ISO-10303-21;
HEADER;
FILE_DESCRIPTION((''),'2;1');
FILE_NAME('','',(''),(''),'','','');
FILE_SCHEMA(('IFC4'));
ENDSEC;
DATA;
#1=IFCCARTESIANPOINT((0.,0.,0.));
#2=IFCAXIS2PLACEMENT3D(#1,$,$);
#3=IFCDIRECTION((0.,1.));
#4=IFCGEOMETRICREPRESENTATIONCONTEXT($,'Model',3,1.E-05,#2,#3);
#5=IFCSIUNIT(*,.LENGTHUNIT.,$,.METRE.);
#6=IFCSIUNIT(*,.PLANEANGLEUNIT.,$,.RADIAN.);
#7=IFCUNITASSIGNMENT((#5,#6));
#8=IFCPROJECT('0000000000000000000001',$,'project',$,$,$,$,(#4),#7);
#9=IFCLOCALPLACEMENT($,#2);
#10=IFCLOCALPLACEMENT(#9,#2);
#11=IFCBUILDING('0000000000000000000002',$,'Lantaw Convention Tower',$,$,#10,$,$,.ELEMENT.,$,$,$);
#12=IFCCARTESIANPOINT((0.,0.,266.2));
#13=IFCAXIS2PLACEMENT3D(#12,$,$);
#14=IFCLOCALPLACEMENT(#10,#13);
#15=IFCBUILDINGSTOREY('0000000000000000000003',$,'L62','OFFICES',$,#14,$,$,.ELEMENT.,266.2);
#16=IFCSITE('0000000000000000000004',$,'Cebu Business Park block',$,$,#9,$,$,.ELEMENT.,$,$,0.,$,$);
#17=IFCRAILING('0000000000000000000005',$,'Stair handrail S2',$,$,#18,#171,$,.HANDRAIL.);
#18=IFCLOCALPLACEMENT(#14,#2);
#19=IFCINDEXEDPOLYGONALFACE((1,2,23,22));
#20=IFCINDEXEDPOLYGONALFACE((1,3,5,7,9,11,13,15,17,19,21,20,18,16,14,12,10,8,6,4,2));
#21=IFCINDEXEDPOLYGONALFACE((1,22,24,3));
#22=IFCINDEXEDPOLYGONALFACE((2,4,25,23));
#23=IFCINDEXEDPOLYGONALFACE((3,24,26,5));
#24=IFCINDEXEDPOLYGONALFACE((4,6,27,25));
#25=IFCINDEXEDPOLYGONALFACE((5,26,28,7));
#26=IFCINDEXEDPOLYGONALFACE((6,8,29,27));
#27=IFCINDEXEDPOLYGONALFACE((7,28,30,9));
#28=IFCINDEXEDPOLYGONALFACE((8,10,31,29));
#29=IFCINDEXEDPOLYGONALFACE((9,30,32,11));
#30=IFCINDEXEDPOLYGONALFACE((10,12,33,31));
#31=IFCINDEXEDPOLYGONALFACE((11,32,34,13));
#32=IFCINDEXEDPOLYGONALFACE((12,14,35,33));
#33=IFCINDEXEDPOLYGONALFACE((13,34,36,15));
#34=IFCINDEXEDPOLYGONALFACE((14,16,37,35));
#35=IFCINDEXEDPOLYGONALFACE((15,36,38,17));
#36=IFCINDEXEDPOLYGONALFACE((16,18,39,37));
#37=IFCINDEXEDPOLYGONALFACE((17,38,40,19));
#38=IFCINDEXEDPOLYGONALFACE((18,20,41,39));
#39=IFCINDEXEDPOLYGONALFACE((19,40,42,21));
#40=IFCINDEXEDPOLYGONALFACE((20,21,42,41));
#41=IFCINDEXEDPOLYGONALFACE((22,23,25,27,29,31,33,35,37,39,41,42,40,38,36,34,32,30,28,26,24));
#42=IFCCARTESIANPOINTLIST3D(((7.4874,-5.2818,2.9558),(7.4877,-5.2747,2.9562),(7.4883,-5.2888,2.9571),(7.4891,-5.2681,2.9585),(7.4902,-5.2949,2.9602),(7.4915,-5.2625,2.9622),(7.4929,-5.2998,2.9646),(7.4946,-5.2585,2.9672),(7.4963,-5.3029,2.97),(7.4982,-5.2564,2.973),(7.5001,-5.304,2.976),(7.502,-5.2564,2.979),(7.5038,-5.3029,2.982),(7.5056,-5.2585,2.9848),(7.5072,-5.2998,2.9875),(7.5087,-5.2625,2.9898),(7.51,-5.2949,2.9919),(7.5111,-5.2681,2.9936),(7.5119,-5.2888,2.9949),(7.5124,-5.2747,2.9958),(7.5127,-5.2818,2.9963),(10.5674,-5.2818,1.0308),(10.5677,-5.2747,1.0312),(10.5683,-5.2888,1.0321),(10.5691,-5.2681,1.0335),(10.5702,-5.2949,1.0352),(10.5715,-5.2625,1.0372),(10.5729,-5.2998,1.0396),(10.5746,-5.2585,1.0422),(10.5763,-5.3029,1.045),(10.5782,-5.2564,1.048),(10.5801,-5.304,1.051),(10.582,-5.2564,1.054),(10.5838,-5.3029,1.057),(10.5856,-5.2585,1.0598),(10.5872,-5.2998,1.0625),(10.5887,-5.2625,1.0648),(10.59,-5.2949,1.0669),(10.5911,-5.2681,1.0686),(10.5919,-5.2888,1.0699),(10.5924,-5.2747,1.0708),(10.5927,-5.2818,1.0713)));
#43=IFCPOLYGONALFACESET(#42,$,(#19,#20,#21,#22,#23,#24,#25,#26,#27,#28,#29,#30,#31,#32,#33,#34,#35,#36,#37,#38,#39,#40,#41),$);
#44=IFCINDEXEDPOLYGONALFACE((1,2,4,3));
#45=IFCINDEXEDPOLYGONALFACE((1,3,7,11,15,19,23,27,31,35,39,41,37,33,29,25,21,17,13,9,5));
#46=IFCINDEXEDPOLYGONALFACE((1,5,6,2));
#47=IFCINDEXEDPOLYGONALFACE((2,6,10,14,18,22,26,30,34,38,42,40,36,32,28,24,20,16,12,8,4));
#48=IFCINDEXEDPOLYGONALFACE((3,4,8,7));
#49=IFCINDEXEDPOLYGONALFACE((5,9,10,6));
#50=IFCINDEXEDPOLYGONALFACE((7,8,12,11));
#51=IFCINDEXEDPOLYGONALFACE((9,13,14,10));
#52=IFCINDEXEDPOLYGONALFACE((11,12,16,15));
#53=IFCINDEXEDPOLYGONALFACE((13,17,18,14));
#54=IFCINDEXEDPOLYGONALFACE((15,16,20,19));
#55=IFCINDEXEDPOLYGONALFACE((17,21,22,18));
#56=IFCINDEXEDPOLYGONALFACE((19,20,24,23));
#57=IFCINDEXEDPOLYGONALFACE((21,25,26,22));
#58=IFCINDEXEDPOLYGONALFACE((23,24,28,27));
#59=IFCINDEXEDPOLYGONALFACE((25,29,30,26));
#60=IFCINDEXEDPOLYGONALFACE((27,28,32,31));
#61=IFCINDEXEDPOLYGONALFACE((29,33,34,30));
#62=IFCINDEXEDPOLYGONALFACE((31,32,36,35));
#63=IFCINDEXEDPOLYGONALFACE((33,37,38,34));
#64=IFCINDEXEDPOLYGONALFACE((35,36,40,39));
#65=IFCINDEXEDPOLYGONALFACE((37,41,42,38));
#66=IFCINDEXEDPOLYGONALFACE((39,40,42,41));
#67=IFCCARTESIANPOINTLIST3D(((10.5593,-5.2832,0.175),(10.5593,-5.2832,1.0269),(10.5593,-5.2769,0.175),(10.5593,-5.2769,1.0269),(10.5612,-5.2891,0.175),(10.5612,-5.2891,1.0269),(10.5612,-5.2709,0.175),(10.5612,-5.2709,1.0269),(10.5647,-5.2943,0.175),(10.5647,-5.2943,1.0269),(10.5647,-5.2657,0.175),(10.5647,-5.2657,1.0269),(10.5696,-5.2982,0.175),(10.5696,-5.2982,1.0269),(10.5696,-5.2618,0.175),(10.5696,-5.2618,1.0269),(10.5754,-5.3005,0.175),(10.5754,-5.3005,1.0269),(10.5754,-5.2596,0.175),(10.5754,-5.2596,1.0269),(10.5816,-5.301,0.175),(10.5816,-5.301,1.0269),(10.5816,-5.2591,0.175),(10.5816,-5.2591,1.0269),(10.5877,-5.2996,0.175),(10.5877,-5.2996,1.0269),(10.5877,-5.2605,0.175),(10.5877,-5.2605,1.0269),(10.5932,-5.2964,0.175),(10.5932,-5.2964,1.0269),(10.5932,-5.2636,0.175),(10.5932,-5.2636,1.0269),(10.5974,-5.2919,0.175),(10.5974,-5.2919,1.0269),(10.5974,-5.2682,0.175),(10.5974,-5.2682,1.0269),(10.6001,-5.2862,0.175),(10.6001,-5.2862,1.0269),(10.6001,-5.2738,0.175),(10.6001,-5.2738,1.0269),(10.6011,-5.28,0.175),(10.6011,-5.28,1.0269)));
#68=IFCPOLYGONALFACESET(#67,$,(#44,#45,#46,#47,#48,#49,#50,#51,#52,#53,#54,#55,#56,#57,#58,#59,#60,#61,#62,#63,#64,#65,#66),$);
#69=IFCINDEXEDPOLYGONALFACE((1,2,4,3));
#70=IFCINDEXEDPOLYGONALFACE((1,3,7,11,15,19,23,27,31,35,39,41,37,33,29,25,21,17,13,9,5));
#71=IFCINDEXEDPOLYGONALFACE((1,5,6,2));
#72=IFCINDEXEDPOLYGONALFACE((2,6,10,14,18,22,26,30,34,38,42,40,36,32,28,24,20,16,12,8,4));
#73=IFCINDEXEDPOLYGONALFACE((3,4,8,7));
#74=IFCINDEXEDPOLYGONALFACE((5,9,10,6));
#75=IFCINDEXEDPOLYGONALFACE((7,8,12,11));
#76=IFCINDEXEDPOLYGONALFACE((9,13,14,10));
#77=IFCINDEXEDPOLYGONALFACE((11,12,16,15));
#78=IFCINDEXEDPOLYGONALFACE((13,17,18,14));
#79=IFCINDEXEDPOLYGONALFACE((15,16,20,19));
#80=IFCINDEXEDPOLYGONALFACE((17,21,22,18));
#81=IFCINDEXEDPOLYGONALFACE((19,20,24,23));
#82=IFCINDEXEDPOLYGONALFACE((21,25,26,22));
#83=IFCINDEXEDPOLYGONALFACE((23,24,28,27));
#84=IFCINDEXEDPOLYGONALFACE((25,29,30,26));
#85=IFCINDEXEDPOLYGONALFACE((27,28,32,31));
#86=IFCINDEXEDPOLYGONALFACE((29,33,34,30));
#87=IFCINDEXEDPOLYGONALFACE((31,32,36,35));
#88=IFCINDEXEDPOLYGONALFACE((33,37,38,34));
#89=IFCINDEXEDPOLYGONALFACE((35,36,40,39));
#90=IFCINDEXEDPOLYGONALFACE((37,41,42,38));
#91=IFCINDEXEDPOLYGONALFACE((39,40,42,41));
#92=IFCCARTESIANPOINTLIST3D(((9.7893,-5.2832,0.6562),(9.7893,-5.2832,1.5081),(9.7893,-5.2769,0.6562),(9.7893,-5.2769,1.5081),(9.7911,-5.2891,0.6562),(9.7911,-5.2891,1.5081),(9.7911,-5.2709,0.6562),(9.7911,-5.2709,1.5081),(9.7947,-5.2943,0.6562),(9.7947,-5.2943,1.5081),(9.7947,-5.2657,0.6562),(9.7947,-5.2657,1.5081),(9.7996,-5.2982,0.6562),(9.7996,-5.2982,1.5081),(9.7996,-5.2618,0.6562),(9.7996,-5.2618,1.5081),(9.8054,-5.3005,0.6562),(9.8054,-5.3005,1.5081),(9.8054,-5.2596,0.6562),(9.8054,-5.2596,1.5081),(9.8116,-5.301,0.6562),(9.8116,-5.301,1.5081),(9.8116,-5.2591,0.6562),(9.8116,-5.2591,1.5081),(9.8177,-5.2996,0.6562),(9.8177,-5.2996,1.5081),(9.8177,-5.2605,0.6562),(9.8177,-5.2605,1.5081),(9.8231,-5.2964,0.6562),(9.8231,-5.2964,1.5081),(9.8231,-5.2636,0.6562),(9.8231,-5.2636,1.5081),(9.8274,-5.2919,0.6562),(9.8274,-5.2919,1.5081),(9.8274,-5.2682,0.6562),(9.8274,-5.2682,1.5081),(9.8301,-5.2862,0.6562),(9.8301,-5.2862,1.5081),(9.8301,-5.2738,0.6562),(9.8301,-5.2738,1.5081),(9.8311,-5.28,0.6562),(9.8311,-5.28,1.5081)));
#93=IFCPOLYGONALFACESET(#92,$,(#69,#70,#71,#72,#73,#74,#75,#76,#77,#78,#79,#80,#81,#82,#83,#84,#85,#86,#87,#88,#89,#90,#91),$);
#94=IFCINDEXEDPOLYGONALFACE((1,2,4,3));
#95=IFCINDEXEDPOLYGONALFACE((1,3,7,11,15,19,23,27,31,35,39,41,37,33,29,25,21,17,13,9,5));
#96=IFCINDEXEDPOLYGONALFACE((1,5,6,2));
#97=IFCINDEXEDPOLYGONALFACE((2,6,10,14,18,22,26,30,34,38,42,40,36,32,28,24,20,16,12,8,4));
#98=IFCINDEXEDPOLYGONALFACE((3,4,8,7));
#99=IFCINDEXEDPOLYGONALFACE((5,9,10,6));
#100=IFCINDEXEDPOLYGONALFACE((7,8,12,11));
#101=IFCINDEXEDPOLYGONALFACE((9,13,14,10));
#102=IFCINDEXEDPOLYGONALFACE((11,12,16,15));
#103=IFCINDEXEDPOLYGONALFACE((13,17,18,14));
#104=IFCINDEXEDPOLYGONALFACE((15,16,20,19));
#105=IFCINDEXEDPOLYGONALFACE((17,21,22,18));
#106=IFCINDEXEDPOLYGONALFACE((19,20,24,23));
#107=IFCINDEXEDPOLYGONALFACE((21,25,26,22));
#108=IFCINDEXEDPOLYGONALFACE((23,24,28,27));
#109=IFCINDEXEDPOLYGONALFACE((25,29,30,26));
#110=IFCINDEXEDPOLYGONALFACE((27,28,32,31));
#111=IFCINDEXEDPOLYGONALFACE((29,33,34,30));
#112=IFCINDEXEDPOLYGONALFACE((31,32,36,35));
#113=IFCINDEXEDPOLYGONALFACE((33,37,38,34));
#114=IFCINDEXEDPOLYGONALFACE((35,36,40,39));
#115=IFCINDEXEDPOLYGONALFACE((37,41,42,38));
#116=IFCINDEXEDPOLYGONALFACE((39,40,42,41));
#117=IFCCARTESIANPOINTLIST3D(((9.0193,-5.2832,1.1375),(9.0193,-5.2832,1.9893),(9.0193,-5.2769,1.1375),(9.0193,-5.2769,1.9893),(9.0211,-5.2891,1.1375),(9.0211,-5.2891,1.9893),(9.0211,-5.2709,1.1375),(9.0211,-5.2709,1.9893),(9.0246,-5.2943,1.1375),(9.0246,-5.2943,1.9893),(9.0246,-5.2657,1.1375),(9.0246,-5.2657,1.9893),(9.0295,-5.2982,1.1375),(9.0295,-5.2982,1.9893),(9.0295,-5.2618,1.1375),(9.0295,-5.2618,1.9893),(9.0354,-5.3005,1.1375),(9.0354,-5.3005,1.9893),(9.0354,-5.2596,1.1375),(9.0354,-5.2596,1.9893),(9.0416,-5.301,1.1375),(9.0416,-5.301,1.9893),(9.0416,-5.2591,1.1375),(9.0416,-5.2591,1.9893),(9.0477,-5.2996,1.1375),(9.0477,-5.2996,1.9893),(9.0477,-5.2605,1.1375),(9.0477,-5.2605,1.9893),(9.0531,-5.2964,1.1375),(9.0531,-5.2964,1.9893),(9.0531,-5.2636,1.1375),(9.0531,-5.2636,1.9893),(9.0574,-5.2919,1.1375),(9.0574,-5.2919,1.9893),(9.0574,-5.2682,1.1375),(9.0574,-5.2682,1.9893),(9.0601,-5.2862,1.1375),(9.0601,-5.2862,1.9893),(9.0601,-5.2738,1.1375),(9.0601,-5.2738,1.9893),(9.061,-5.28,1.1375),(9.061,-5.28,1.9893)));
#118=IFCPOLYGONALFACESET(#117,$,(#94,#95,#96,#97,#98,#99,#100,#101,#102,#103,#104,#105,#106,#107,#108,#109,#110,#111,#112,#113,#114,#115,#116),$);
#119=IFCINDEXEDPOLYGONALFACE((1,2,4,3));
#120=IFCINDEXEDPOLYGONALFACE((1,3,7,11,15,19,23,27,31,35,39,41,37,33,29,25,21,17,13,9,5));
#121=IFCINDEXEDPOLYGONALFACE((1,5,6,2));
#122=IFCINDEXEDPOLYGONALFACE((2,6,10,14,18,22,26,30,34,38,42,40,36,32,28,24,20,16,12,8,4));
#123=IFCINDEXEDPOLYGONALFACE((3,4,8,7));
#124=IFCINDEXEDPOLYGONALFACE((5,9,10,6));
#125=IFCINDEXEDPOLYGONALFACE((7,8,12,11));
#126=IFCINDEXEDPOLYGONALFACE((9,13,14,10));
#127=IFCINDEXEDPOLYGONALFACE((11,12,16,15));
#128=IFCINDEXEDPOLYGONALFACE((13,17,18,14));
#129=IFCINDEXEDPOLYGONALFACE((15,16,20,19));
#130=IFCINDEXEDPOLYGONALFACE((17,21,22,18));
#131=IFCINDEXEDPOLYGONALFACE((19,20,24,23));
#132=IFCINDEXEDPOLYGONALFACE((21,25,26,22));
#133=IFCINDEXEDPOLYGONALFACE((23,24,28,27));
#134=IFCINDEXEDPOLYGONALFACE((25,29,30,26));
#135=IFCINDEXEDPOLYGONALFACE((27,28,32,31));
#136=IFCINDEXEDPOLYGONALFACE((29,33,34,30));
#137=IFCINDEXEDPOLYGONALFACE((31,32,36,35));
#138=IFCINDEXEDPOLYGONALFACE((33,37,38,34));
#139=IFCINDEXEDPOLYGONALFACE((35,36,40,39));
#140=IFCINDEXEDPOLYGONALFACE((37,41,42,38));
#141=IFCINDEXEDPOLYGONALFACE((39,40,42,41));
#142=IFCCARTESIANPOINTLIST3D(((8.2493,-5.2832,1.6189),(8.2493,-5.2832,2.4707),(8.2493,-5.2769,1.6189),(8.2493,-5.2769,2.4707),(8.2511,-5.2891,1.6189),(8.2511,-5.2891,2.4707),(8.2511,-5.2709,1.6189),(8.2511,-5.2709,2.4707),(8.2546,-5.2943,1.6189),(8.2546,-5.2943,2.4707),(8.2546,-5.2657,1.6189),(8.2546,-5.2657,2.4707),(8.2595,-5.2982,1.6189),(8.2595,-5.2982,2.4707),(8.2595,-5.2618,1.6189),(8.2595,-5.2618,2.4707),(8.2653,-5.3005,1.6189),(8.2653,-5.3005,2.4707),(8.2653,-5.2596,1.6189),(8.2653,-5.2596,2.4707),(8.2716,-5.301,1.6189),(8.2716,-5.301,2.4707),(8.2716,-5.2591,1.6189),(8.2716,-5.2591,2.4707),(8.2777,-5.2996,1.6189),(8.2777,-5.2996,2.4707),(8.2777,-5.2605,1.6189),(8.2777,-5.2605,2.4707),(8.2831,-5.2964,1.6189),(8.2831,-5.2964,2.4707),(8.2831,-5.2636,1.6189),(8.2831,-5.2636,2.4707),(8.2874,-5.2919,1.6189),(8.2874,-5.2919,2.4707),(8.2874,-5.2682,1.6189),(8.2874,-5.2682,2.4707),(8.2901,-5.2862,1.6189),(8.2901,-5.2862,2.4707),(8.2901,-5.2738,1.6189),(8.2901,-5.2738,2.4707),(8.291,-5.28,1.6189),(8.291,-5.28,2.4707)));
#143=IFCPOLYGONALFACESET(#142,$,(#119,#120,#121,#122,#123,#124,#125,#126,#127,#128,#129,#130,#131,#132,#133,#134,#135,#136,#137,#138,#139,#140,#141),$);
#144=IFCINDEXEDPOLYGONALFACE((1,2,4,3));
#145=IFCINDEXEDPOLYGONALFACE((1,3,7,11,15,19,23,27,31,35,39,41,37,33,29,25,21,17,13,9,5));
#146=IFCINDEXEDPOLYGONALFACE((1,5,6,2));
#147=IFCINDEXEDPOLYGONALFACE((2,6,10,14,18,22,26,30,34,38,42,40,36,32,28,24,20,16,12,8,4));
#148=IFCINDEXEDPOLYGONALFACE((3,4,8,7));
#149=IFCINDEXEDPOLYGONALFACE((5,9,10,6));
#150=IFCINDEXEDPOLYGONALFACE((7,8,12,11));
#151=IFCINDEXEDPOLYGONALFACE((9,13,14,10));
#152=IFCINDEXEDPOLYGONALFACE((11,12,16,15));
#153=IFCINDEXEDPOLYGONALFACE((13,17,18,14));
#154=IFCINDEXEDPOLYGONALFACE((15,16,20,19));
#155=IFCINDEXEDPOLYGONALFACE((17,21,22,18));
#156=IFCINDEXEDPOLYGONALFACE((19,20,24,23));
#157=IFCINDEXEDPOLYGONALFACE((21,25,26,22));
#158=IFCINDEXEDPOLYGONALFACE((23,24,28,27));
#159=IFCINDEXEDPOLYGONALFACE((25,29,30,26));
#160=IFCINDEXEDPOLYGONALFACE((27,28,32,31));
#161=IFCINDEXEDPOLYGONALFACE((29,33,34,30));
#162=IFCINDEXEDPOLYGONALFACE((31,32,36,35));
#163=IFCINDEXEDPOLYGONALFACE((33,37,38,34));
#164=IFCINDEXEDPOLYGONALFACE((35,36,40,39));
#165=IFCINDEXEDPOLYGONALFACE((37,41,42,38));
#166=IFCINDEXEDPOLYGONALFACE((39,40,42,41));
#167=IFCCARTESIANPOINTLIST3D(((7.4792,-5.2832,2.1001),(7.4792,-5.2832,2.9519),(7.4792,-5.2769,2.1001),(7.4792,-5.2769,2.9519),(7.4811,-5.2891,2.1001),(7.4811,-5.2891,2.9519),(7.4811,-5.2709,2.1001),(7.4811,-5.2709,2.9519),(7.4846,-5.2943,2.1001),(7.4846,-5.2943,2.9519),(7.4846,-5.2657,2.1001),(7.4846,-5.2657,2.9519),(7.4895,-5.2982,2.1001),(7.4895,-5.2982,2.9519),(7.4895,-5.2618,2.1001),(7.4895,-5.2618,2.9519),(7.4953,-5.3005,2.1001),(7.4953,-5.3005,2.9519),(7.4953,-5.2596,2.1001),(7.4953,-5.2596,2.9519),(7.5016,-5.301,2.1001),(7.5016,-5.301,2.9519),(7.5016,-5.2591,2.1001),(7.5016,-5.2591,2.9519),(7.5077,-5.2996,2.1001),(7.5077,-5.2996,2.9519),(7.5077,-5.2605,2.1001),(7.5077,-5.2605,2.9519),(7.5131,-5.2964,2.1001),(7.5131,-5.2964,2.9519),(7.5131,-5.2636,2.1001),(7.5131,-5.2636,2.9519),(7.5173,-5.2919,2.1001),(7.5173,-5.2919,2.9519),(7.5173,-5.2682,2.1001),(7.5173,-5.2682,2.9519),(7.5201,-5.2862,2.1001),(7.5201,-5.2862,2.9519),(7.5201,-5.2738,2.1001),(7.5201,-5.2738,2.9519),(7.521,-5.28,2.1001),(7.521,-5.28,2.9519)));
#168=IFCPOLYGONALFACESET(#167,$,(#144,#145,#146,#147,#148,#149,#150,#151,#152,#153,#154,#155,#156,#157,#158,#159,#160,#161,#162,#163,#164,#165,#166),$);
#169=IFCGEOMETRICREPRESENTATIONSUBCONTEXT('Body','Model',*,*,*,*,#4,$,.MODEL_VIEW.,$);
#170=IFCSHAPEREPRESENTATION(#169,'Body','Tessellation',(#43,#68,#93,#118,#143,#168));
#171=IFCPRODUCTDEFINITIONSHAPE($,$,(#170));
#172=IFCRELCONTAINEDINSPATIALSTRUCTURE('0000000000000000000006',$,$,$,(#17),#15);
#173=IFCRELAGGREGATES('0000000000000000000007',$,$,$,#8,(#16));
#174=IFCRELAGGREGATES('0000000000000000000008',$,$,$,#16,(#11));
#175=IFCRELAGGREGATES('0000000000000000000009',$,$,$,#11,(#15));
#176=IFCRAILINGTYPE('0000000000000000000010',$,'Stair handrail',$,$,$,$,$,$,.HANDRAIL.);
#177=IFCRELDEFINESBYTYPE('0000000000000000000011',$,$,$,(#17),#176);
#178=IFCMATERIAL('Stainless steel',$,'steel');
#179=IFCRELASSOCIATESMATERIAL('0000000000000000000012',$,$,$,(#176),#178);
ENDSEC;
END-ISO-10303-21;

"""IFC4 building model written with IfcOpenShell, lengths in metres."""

from ifc_helpers import new_model, si_unit, direction, frame, origin, origin_2d, place, context, subcontext, project, spatial, circle, extrude, material, type_object, element, save


model = new_model("IFC4")

# Units and contexts
model_context = context("Model", 3, precision=1e-05, world=origin(), true_north=direction((0.0, 1.0)))
body_context = subcontext(model_context, "Body", "Model", "MODEL_VIEW")
ifc_project = project(units=[si_unit("LENGTHUNIT", "METRE"), si_unit("PLANEANGLEUNIT", "RADIAN")], contexts=[model_context])

# Site, building, storey
site_placement = place(None, origin())
site = spatial("IfcSite", under=ifc_project, at=site_placement, Name="Cebu Business Park block", CompositionType="ELEMENT", RefElevation=0.0)
building_placement = place(site_placement, origin())
building = spatial("IfcBuilding", under=site, at=building_placement, Name="Lantaw Convention Tower", CompositionType="ELEMENT")
storey_placement = place(building_placement, frame((0.0, 0.0, 266.2)))
storey = spatial("IfcBuildingStorey", under=building, at=storey_placement, Name="L62", Description="OFFICES", CompositionType="ELEMENT", Elevation=266.2)

# Railing
ifc_material_1 = material(Name="Stainless steel", Category="steel")
railing_type = type_object("IfcRailingType", Name="Stair handrail", PredefinedType="HANDRAIL", material=ifc_material_1)
railing_1_placement = place(storey_placement, frame((10.5801, -5.28, 0.175)))
element("IfcRailing", 1, at=railing_1_placement, inside=storey, type_object=railing_type, Name="Stair handrail S2", PredefinedType="HANDRAIL", context=body_context, shape_type="SweptSolid", body=[
    extrude(circle(Radius=0.0239, at=origin_2d()), frame((0.0, 0.0, 0.876), z_axis=(-0.847998, 0.0, 0.529999), x_axis=(0.0, -1.0, 0.0)), (0.0, 0.0, 1.0), 3.6321),
    extrude(circle(Radius=0.021, at=origin_2d()), origin(), (0.0, 0.0, 1.0), 0.8518),
    extrude(circle(Radius=0.021, at=origin_2d()), frame((-0.77, 0.0, 0.4812)), (0.0, 0.0, 1.0), 0.8518),
    extrude(circle(Radius=0.021, at=origin_2d()), frame((-1.54, 0.0, 0.9624)), (0.0, 0.0, 1.0), 0.8518),
    extrude(circle(Radius=0.021, at=origin_2d()), frame((-2.3101, 0.0, 1.4438)), (0.0, 0.0, 1.0), 0.8518),
    extrude(circle(Radius=0.021, at=origin_2d()), frame((-3.0801, 0.0, 1.925)), (0.0, 0.0, 1.0), 0.8518),
])

save(model, "model.ifc")
